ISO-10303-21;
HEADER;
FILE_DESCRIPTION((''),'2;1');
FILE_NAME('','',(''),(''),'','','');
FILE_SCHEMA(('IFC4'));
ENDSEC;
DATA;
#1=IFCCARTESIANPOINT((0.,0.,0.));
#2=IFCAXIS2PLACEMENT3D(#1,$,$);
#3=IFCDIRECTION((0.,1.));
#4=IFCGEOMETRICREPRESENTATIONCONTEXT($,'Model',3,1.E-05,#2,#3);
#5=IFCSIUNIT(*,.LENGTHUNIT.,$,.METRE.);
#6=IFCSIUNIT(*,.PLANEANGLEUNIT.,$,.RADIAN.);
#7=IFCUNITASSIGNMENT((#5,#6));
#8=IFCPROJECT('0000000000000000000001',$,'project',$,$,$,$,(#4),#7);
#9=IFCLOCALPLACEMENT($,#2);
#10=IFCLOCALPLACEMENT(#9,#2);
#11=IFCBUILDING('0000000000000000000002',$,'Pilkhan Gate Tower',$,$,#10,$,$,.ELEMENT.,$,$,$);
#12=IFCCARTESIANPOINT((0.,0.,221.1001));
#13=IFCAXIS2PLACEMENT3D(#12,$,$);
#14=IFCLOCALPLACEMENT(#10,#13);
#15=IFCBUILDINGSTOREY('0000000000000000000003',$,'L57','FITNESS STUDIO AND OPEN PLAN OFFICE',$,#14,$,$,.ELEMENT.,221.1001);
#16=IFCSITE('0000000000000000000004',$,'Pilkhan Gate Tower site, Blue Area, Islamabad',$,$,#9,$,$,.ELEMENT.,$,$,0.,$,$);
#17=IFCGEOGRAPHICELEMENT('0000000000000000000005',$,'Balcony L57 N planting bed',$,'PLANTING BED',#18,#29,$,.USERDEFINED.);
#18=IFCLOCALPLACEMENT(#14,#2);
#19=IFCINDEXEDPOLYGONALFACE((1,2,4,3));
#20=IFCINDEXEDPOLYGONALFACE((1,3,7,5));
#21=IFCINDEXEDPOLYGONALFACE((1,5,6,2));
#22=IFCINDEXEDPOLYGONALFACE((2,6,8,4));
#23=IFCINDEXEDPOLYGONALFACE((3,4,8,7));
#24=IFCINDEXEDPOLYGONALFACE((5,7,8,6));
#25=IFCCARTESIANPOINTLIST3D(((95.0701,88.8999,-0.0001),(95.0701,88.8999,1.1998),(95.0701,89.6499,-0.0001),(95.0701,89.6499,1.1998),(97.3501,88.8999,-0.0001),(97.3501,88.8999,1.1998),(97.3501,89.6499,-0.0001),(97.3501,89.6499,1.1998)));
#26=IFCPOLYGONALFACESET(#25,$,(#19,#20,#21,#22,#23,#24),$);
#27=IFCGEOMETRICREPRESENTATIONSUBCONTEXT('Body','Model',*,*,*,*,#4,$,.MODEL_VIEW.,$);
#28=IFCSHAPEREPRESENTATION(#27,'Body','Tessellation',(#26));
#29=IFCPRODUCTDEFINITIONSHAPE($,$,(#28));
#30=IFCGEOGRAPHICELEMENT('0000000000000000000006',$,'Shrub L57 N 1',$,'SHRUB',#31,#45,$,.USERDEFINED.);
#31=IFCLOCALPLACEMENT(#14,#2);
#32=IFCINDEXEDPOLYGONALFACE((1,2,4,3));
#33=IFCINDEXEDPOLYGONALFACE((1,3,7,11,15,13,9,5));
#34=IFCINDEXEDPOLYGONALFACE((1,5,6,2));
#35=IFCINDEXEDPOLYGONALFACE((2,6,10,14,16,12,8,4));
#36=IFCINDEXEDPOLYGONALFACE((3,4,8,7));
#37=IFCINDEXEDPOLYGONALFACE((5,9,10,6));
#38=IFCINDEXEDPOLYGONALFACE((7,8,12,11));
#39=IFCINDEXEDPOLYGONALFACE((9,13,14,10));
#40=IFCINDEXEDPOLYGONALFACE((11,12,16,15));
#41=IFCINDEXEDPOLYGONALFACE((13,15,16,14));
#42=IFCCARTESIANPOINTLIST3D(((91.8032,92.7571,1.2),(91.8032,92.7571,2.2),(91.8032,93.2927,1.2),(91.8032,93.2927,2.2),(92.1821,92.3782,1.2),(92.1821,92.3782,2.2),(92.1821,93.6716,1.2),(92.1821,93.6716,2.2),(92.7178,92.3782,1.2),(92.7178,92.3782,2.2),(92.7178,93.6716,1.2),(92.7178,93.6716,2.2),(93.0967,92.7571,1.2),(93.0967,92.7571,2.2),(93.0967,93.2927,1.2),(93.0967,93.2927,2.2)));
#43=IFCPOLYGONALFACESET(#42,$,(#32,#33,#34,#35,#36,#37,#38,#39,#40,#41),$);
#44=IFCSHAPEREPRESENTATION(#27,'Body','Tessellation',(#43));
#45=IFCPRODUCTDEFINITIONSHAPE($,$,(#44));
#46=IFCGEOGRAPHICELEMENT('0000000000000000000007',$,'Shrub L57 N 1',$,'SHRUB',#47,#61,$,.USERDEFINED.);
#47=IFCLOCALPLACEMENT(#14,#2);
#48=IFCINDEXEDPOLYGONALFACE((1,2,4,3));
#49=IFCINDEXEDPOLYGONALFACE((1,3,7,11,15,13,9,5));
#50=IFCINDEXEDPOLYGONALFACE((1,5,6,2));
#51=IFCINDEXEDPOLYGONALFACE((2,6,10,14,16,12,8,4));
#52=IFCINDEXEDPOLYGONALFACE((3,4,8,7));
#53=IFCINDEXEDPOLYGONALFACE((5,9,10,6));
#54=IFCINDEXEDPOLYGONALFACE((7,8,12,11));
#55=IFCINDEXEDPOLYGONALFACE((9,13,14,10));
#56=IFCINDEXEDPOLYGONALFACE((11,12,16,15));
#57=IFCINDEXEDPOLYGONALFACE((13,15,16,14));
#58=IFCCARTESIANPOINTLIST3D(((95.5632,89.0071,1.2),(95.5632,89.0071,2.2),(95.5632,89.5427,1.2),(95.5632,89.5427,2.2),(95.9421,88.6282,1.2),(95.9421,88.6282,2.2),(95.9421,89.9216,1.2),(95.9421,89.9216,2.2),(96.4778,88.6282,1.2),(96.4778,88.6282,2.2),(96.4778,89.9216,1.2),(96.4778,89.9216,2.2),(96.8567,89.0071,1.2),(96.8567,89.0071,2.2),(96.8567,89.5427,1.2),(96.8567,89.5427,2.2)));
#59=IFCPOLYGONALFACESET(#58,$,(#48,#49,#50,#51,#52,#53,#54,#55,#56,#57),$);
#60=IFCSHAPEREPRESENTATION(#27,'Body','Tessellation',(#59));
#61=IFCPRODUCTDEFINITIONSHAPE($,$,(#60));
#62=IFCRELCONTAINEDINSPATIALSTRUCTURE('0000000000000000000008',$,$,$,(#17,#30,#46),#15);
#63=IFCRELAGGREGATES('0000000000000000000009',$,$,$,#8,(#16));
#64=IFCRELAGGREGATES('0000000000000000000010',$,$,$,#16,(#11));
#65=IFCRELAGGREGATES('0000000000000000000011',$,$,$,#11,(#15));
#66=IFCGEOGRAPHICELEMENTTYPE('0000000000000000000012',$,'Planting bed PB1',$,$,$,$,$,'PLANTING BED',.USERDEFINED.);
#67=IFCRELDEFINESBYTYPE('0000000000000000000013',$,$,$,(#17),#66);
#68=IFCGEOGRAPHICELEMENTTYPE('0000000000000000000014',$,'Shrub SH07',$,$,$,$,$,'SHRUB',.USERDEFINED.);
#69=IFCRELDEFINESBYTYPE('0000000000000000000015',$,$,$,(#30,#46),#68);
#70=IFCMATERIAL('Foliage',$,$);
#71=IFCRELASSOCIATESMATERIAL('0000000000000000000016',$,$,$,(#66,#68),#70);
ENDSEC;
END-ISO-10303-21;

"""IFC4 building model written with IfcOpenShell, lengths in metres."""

from ifc_helpers import new_model, si_unit, direction, frame, origin, origin_2d, place, context, subcontext, project, spatial, polyline, rectangle, outline, extrude, material, material_profile, profile_set, type_object, element, save


model = new_model("IFC4")

# Units and contexts
model_context = context("Model", 3, precision=1e-05, world=origin(), true_north=direction((0.0, 1.0)))
body_context = subcontext(model_context, "Body", "Model", "MODEL_VIEW")
ifc_project = project(units=[si_unit("LENGTHUNIT", "METRE"), si_unit("PLANEANGLEUNIT", "RADIAN")], contexts=[model_context])

# Site, building, storey
site_placement = place(None, origin())
site = spatial("IfcSite", under=ifc_project, at=site_placement, Name="Pilkhan Gate Tower site, Blue Area, Islamabad", CompositionType="ELEMENT", RefElevation=0.0)
building_placement = place(site_placement, origin())
building = spatial("IfcBuilding", under=site, at=building_placement, Name="Pilkhan Gate Tower", CompositionType="ELEMENT")
storey_placement = place(building_placement, frame((0.0, 0.0, 221.1001)))
storey = spatial("IfcBuildingStorey", under=building, at=storey_placement, Name="L57", Description="FITNESS STUDIO AND OPEN PLAN OFFICE", CompositionType="ELEMENT", Elevation=221.1001)

# Geographic elements
ifc_material_1 = material(Name="Foliage")
ifc_material_profile_1 = material_profile(ifc_material_1, rectangle(XDim=0.75, YDim=1.2, at=origin_2d()), Name="Bed 750x1200")
ifc_profile_set_1 = profile_set([ifc_material_profile_1], Name="Foliage")
geographic_element_type_1 = type_object("IfcGeographicElementType", Name="Planting bed PB1", ElementType="PLANTING BED", PredefinedType="USERDEFINED", material=ifc_profile_set_1)
geographic_element_placement = place(storey_placement, frame((95.0701, 89.2749, 0.5999), z_axis=(1.0, 0.0, 0.0), x_axis=(0.0, 1.0, 0.0)))
element("IfcGeographicElement", 1, at=geographic_element_placement, inside=storey, type_object=geographic_element_type_1, Name="Balcony L57 N planting bed", ObjectType="PLANTING BED", PredefinedType="USERDEFINED", context=body_context, shape_type="SweptSolid", body=[
    extrude(rectangle(XDim=0.75, YDim=1.2, at=origin_2d()), origin(), (0.0, 0.0, 1.0), 2.28),
])
ifc_material_profile_2 = material_profile(ifc_material_1, outline(polyline([(0.6467, 0.2678), (0.2678, 0.6467), (-0.2678, 0.6467), (-0.6467, 0.2678), (-0.6467, -0.2678), (-0.2678, -0.6467), (0.2678, -0.6467), (0.6467, -0.2678), (0.6467, 0.2678)])), Name="Shrub D1.4")
ifc_profile_set_2 = profile_set([ifc_material_profile_2], Name="Foliage")
geographic_element_type_2 = type_object("IfcGeographicElementType", Name="Shrub SH07", ElementType="SHRUB", PredefinedType="USERDEFINED", material=ifc_profile_set_2)
for number, where, z_axis, x_axis, name in (
    (2, (92.45, 93.0249, 1.2), (0.0, 0.0, 1.0), (1.0, 0.0, 0.0), "Shrub L57 N 1"),
    (3, (96.21, 89.2749, 1.2), (0.0, 0.0, 1.0), (1.0, 0.0, 0.0), "Shrub L57 N 1"),
):
    element("IfcGeographicElement", number, at=place(storey_placement, frame(where, z_axis=z_axis, x_axis=x_axis)), inside=storey, type_object=geographic_element_type_2, Name=name, ObjectType="SHRUB", PredefinedType="USERDEFINED", context=body_context, shape_type="SweptSolid", body=[
        extrude(outline(polyline([(0.6467, 0.2678), (0.2678, 0.6467), (-0.2678, 0.6467), (-0.6467, 0.2678), (-0.6467, -0.2678), (-0.2678, -0.6467), (0.2678, -0.6467), (0.6467, -0.2678), (0.6467, 0.2678)])), origin(), (0.0, 0.0, 1.0), 1.0),
    ])

save(model, "model.ifc")
